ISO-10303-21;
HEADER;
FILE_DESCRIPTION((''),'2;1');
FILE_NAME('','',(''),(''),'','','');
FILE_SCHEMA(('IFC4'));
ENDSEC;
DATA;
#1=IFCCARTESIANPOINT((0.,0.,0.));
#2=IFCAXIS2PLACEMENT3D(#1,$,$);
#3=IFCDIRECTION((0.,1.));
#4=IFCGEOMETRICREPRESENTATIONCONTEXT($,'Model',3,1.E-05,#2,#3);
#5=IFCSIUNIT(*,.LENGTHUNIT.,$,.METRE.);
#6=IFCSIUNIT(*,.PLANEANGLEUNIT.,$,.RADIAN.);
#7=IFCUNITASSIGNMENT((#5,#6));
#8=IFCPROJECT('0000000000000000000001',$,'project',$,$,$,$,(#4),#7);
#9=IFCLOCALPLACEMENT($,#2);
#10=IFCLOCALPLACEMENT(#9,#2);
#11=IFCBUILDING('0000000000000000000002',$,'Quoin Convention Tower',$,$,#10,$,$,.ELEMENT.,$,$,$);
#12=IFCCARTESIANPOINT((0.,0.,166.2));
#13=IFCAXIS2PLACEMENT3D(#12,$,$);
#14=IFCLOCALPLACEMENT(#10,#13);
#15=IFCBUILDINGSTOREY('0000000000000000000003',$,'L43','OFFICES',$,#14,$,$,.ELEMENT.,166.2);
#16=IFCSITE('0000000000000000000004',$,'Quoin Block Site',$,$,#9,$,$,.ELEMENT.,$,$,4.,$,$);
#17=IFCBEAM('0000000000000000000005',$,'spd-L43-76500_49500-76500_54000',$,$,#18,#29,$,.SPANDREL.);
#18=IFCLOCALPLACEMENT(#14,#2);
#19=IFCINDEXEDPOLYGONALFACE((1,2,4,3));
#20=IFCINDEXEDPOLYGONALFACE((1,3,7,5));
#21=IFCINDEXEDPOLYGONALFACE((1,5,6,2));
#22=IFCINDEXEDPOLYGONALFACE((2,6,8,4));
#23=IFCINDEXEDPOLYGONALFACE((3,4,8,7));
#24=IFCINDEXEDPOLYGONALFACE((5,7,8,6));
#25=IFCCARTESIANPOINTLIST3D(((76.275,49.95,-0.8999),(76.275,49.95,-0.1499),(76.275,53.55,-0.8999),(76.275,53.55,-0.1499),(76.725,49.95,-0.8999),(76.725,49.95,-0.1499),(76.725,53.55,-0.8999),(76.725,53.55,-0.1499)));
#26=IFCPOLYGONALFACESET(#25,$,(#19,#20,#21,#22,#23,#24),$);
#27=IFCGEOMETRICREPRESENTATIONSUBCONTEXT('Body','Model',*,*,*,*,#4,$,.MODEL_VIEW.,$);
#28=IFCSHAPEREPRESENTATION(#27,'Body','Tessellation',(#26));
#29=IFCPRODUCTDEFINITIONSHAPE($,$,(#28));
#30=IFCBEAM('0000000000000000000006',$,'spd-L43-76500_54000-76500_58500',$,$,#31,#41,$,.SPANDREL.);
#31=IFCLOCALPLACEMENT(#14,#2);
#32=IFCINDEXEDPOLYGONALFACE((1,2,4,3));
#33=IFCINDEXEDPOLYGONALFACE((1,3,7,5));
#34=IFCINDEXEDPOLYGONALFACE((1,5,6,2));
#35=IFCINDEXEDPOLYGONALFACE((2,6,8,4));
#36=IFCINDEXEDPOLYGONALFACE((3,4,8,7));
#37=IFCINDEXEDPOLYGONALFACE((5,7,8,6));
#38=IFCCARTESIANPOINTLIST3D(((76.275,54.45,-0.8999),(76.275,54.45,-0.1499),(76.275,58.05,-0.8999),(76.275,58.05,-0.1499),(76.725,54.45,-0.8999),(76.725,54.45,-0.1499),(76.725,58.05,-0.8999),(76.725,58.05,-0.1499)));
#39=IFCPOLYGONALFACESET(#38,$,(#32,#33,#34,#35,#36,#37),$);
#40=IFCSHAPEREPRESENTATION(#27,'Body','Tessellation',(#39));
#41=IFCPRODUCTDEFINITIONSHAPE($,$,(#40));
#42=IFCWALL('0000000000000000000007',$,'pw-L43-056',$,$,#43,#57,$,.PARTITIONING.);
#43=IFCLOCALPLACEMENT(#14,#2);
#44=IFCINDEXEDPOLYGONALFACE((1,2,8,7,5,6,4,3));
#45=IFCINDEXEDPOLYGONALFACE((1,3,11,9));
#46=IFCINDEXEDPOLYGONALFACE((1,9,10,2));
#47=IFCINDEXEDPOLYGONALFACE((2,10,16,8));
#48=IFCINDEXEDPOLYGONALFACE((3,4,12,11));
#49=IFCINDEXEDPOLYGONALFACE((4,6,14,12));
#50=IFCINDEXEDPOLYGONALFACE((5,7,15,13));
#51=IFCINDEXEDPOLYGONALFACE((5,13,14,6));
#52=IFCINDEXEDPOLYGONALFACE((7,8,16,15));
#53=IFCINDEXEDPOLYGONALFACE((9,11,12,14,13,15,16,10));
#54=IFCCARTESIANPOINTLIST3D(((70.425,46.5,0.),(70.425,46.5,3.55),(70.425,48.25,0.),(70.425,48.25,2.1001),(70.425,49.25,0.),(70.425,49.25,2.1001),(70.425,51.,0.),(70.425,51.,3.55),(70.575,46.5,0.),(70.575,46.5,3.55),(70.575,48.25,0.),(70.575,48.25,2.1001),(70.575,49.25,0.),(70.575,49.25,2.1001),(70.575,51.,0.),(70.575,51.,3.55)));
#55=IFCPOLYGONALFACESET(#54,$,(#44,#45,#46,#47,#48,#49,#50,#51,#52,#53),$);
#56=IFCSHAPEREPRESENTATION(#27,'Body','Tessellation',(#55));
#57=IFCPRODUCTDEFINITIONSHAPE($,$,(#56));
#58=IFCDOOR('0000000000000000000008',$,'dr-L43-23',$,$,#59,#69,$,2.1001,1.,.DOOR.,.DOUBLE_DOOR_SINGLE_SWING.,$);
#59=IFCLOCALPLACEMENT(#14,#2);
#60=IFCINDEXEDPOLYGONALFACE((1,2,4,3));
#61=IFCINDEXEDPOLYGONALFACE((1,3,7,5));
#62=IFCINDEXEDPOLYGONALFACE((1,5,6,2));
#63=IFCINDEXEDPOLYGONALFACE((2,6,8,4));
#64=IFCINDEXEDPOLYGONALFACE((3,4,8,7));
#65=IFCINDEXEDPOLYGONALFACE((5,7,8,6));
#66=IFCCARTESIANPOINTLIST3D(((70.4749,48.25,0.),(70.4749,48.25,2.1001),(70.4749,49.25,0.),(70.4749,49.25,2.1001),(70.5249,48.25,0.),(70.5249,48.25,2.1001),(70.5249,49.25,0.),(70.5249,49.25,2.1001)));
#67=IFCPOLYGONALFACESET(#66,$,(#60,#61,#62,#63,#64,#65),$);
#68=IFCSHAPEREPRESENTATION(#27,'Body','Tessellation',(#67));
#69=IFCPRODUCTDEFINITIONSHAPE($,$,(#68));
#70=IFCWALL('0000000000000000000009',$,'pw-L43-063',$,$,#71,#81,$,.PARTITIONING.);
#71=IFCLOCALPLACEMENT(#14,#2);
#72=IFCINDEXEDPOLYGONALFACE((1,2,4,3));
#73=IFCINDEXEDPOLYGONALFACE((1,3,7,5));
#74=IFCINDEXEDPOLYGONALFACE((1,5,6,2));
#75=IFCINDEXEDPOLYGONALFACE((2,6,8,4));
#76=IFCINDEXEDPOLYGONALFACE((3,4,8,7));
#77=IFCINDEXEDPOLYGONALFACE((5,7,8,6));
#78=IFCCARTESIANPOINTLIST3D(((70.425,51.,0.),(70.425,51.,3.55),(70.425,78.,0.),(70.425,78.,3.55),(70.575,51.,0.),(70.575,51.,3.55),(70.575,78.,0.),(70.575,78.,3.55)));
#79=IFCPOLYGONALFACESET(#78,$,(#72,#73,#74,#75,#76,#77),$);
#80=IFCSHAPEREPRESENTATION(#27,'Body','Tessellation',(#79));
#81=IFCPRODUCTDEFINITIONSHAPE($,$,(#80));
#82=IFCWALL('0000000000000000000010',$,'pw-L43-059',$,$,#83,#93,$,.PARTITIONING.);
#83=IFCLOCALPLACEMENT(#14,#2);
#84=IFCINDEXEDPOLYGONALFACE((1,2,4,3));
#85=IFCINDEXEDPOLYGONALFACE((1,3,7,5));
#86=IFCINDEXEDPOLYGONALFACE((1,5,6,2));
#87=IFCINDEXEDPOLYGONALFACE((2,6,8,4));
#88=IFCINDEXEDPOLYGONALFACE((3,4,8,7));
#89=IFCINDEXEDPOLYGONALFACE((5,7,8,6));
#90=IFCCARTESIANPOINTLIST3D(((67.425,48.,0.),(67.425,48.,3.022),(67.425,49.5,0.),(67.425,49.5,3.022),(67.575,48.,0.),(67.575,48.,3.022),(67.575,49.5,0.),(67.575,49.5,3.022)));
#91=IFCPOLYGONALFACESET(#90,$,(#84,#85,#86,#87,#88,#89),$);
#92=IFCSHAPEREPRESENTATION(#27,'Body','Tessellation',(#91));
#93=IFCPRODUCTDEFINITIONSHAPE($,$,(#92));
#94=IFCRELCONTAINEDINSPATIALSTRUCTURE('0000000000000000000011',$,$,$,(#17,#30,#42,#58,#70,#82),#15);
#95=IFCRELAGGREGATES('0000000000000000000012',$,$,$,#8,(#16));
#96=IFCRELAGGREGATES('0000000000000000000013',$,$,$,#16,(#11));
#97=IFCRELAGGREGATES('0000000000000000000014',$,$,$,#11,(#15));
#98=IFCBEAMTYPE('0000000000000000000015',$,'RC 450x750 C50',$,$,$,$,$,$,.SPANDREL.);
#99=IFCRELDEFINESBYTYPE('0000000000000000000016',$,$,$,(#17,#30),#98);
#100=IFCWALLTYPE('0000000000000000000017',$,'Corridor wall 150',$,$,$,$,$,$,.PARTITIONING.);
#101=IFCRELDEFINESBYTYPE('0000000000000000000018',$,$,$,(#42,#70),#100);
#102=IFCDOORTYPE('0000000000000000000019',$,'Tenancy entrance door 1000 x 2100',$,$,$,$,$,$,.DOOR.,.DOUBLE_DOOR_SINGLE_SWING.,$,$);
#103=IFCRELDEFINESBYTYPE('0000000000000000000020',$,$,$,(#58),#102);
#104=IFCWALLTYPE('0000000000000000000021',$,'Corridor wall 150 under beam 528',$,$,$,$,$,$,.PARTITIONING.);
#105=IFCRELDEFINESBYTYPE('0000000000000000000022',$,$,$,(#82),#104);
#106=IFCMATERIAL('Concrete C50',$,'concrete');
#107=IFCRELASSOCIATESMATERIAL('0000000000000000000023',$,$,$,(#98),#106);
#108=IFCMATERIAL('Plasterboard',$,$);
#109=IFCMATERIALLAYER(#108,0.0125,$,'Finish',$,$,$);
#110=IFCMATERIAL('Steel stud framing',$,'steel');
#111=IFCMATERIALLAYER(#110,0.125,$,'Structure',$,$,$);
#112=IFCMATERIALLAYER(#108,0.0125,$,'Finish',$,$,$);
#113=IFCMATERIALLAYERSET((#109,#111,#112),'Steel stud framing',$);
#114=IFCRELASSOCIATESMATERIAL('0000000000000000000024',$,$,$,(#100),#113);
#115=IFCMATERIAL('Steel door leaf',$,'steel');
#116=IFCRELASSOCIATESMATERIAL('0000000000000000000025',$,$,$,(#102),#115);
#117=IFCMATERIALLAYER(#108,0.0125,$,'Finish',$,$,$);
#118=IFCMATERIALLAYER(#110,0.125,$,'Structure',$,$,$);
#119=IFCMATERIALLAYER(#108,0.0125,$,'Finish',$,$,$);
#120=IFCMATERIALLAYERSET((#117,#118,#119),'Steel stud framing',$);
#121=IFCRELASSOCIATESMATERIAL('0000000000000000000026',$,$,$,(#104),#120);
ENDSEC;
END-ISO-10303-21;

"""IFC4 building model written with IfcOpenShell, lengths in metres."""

from ifc_helpers import new_model, si_unit, direction, frame, frame_2d, origin, origin_2d, place, context, subcontext, project, spatial, rectangle, extrude, material, layer, layer_set, material_profile, profile_set, type_object, element, fill, save


model = new_model("IFC4")

# Units and contexts
model_context = context("Model", 3, precision=1e-05, world=origin(), true_north=direction((0.0, 1.0)))
body_context = subcontext(model_context, "Body", "Model", "MODEL_VIEW")
ifc_project = project(units=[si_unit("LENGTHUNIT", "METRE"), si_unit("PLANEANGLEUNIT", "RADIAN")], contexts=[model_context])

# Site, building, storey
site_placement = place(None, origin())
site = spatial("IfcSite", under=ifc_project, at=site_placement, Name="Quoin Block Site", CompositionType="ELEMENT", RefElevation=4.0)
building_placement = place(site_placement, origin())
building = spatial("IfcBuilding", under=site, at=building_placement, Name="Quoin Convention Tower", CompositionType="ELEMENT")
storey_placement = place(building_placement, frame((0.0, 0.0, 166.2)))
storey = spatial("IfcBuildingStorey", under=building, at=storey_placement, Name="L43", Description="OFFICES", CompositionType="ELEMENT", Elevation=166.2)

# Shared definitions
ifc_material_1 = material(Name="Concrete C50", Category="concrete")

# Beams
ifc_material_profile_1 = material_profile(ifc_material_1, rectangle(XDim=0.45, YDim=0.75, at=origin_2d()), Name="RC 450x750")
ifc_profile_set_1 = profile_set([ifc_material_profile_1], Name="Concrete C50")
beam_type_1 = type_object("IfcBeamType", Name="RC 450x750 C50", PredefinedType="SPANDREL", material=ifc_profile_set_1)
for number, where, z_axis, x_axis, name in (
    (1, (76.5, 49.95, -0.5249), (0.0, 1.0, 0.0), (-1.0, 0.0, 0.0), "spd-L43-76500_49500-76500_54000"),
    (2, (76.5, 54.45, -0.5249), (0.0, 1.0, 0.0), (-1.0, 0.0, 0.0), "spd-L43-76500_54000-76500_58500"),
):
    element("IfcBeam", number, at=place(storey_placement, frame(where, z_axis=z_axis, x_axis=x_axis)), inside=storey, type_object=beam_type_1, Name=name, PredefinedType="SPANDREL", context=body_context, shape_type="SweptSolid", body=[
        extrude(rectangle(XDim=0.45, YDim=0.75, at=origin_2d()), origin(), (0.0, 0.0, 1.0), 3.6001),
    ])

# Wall, opening, door
ifc_material_2 = material(Name="Plasterboard")
ifc_layer_1 = layer(ifc_material_2, 0.0125, Name="Finish")
ifc_material_3 = material(Name="Steel stud framing", Category="steel")
ifc_layer_2 = layer(ifc_material_3, 0.125, Name="Structure")
ifc_layer_3 = layer(ifc_material_2, 0.0125, Name="Finish")
ifc_layer_set_1 = layer_set([ifc_layer_1, ifc_layer_2, ifc_layer_3], Name="Steel stud framing")
wall_type_1 = type_object("IfcWallType", Name="Corridor wall 150", PredefinedType="PARTITIONING", material=ifc_layer_set_1)
wall_1_placement = place(storey_placement, frame((70.5, 46.5, 0.0), z_axis=(0.0, 0.0, 1.0), x_axis=(0.0, 1.0, 0.0)))
wall_1 = element("IfcWall", 3, at=wall_1_placement, inside=storey, type_object=wall_type_1, Name="pw-L43-056", PredefinedType="PARTITIONING", context=body_context, shape_type="SweptSolid", body=[
    extrude(rectangle(XDim=4.5, YDim=0.1499, at=frame_2d((2.25, 0.0))), origin(), (0.0, 0.0, 1.0), 3.55),
])
opening_1_placement = place(wall_1_placement, frame((1.75, 0.0, 0.0)))
opening_1 = element("IfcOpeningElement", 4, at=opening_1_placement, cuts=wall_1, PredefinedType="OPENING", context=body_context, shape_type="SweptSolid", body=[
    extrude(rectangle(XDim=1.0, YDim=2.1001, at=frame_2d((0.5, 1.05))), frame((0.0, 0.085, 0.0), z_axis=(0.0, -1.0, 0.0), x_axis=(1.0, 0.0, 0.0)), (0.0, 0.0, 1.0), 0.1699),
])
ifc_material_4 = material(Name="Steel door leaf", Category="steel")
door_type_1 = type_object("IfcDoorType", Name="Tenancy entrance door 1000 x 2100", OperationType="DOUBLE_DOOR_SINGLE_SWING", PredefinedType="DOOR", material=ifc_material_4)
door_1_placement = place(opening_1_placement, frame((1.0, 0.0, 0.0), z_axis=(0.0, 0.0, 1.0), x_axis=(-1.0, 0.0, 0.0)))
door_1 = element("IfcDoor", 5, at=door_1_placement, inside=storey, type_object=door_type_1, Name="dr-L43-23", OperationType="DOUBLE_DOOR_SINGLE_SWING", OverallHeight=2.1001, OverallWidth=1.0, PredefinedType="DOOR", context=body_context, shape_type="SweptSolid", body=[
    extrude(rectangle(XDim=1.0, YDim=2.1001, at=frame_2d((0.5, 1.05))), frame((0.0, 0.0249, 0.0), z_axis=(0.0, -1.0, 0.0), x_axis=(1.0, 0.0, 0.0)), (0.0, 0.0, 1.0), 0.05),
])
fill(opening_1, door_1)

# Walls
wall_2_placement = place(storey_placement, frame((70.5, 51.0, 0.0), z_axis=(0.0, 0.0, 1.0), x_axis=(0.0, 1.0, 0.0)))
element("IfcWall", 6, at=wall_2_placement, inside=storey, type_object=wall_type_1, Name="pw-L43-063", PredefinedType="PARTITIONING", context=body_context, shape_type="SweptSolid", body=[
    extrude(rectangle(XDim=27.0, YDim=0.1499, at=frame_2d((13.5, 0.0))), origin(), (0.0, 0.0, 1.0), 3.55),
])
ifc_layer_4 = layer(ifc_material_2, 0.0125, Name="Finish")
ifc_layer_5 = layer(ifc_material_3, 0.125, Name="Structure")
ifc_layer_6 = layer(ifc_material_2, 0.0125, Name="Finish")
ifc_layer_set_2 = layer_set([ifc_layer_4, ifc_layer_5, ifc_layer_6], Name="Steel stud framing")
wall_type_2 = type_object("IfcWallType", Name="Corridor wall 150 under beam 528", PredefinedType="PARTITIONING", material=ifc_layer_set_2)
wall_3_placement = place(storey_placement, frame((67.5, 48.0, 0.0), z_axis=(0.0, 0.0, 1.0), x_axis=(0.0, 1.0, 0.0)))
element("IfcWall", 7, at=wall_3_placement, inside=storey, type_object=wall_type_2, Name="pw-L43-059", PredefinedType="PARTITIONING", context=body_context, shape_type="SweptSolid", body=[
    extrude(rectangle(XDim=1.5, YDim=0.1499, at=frame_2d((0.75, 0.0))), origin(), (0.0, 0.0, 1.0), 3.022),
])

save(model, "model.ifc")
